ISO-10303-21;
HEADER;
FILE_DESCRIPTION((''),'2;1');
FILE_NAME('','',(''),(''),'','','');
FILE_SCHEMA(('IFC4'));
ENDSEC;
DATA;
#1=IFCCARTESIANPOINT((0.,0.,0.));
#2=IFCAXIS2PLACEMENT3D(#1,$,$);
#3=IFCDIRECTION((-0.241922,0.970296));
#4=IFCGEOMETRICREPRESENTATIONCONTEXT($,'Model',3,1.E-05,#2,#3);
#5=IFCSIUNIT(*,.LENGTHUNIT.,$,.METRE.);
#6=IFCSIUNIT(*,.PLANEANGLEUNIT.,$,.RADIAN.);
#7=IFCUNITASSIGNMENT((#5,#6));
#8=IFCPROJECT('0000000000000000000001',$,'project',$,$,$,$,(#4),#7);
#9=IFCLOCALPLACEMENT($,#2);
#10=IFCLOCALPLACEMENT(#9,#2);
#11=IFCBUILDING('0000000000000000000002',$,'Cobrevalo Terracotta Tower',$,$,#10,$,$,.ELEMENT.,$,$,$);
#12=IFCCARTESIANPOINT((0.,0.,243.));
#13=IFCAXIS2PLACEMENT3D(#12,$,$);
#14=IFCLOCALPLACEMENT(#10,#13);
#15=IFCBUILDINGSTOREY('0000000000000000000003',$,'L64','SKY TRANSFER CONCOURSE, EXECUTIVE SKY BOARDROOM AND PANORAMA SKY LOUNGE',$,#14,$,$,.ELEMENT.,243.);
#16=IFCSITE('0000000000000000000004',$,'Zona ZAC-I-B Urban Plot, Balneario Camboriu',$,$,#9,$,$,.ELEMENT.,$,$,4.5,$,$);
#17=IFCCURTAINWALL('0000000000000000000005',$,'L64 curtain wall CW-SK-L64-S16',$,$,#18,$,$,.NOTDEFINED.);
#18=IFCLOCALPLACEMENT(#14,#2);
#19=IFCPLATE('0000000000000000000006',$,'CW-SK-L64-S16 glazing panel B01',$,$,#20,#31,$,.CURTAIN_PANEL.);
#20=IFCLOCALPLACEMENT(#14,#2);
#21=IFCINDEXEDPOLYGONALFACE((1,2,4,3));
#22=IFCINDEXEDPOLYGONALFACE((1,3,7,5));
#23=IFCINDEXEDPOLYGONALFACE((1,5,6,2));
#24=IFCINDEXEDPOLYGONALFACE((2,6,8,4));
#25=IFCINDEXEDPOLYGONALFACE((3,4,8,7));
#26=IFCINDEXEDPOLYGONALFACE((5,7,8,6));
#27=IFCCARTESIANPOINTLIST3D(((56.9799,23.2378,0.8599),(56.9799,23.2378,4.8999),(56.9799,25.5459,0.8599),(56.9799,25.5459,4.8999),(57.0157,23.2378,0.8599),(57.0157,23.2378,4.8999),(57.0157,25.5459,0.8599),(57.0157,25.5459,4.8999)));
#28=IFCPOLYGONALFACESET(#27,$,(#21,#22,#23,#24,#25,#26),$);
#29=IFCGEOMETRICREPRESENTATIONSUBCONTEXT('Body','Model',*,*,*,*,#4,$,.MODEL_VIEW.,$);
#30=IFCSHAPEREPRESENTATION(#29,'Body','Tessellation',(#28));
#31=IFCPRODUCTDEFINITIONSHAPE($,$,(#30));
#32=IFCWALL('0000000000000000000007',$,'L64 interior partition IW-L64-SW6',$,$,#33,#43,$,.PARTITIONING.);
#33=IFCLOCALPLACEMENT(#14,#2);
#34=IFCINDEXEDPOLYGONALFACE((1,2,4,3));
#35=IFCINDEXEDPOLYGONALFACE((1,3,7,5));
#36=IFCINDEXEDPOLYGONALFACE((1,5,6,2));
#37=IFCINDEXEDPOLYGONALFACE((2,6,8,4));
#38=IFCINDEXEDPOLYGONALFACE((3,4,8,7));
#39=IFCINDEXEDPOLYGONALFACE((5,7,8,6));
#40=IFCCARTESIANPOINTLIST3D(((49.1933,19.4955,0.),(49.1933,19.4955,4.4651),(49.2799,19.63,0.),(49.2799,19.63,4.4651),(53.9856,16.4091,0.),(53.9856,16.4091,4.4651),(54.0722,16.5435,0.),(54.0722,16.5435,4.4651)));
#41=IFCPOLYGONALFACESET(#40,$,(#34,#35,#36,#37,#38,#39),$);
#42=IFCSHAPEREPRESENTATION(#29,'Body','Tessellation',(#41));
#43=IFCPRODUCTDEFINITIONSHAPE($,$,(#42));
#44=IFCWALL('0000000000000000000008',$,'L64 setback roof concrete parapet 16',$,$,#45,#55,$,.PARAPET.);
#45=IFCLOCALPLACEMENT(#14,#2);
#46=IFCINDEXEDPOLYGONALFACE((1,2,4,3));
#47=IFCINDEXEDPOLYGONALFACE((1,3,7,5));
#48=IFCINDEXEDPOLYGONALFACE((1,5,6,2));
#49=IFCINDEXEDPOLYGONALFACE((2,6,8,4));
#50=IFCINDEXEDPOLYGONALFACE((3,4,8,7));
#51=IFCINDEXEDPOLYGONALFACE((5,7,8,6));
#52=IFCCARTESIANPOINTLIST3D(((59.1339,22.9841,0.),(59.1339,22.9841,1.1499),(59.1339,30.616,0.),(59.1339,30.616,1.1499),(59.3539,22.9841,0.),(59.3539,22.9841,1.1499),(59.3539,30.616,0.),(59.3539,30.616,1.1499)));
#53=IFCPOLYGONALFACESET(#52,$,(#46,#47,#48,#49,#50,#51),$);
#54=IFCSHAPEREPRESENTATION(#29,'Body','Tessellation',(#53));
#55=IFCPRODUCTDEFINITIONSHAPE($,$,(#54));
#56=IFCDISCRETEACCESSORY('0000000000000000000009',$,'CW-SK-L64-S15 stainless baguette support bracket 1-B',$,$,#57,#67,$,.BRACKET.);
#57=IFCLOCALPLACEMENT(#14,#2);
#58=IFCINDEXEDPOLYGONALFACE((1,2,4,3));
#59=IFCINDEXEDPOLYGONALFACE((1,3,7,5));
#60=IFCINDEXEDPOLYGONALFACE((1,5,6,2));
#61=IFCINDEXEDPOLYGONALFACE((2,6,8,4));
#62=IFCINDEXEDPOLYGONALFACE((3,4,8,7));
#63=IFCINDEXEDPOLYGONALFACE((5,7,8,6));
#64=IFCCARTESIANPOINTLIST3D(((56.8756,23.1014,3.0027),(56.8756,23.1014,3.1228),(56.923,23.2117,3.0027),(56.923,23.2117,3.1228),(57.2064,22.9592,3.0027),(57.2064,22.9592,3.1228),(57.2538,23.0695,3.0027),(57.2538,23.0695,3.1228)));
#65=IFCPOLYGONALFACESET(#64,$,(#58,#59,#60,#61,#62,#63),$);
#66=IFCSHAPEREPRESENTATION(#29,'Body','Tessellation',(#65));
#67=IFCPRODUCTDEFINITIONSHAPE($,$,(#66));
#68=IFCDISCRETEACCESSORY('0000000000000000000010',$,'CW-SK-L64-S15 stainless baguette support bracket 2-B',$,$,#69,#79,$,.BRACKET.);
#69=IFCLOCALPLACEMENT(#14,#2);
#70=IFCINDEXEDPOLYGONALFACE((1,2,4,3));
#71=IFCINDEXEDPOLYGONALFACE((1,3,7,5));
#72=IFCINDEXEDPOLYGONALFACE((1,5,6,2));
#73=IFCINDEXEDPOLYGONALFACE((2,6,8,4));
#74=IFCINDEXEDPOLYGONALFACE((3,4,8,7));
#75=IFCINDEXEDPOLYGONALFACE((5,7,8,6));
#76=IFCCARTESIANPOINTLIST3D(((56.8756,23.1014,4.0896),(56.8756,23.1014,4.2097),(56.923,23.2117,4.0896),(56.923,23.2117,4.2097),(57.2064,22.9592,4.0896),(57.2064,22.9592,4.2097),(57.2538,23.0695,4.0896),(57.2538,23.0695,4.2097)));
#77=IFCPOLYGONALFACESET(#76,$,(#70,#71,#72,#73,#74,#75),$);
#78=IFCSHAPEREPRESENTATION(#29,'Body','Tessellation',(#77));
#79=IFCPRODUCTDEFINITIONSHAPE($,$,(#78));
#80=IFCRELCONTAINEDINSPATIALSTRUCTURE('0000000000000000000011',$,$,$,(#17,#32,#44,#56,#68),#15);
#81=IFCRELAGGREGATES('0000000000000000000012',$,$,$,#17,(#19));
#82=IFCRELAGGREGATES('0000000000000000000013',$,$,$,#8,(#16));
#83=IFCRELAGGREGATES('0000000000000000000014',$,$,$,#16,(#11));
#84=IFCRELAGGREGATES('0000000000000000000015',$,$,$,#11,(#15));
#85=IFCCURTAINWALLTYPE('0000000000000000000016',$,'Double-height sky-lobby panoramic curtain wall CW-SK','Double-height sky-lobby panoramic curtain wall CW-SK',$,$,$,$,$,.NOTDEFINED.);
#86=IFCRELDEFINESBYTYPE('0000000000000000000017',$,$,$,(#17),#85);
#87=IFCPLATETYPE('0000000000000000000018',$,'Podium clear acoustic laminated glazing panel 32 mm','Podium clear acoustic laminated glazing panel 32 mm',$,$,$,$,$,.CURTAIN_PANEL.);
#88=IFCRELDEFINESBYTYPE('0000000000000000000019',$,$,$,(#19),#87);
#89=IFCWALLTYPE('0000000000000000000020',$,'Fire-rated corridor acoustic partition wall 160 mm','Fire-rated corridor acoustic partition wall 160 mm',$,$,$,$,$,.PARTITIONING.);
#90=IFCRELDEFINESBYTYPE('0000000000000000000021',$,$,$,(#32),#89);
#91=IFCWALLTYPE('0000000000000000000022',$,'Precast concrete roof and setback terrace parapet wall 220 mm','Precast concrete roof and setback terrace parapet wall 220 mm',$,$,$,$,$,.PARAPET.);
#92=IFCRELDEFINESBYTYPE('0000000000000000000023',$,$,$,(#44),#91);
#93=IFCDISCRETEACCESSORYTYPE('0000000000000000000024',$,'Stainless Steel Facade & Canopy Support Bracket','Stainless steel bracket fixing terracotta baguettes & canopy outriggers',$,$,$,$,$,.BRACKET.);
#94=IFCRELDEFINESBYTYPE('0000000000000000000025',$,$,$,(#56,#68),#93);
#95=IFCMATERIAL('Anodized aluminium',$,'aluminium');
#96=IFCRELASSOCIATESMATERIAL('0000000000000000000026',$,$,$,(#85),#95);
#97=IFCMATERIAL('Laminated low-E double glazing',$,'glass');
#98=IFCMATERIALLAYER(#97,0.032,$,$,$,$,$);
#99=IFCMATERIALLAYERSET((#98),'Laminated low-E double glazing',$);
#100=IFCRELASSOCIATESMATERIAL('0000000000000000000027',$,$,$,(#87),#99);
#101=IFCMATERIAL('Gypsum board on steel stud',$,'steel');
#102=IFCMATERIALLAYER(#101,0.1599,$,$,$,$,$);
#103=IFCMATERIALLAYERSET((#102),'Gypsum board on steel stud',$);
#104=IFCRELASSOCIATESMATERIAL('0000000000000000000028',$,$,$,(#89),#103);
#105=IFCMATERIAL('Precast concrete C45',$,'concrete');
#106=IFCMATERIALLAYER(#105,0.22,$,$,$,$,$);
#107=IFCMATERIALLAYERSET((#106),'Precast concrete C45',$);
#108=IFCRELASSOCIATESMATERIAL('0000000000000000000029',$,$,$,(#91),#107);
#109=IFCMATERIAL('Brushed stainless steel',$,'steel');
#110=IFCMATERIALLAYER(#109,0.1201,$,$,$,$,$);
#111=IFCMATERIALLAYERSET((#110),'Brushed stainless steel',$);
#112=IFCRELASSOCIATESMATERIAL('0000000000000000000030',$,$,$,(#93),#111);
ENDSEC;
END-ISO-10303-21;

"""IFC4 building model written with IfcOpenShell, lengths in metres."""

from ifc_helpers import new_model, si_unit, direction, frame, frame_2d, origin, origin_2d, place, context, subcontext, project, spatial, rectangle, extrude, source, transform, mapped, material, layer, layer_set, type_object, element, aggregate, save


model = new_model("IFC4")

# Units and contexts
model_context = context("Model", 3, precision=1e-05, world=origin(), true_north=direction((-0.241922, 0.970296)))
body_context = subcontext(model_context, "Body", "Model", "MODEL_VIEW")
ifc_project = project(units=[si_unit("LENGTHUNIT", "METRE"), si_unit("PLANEANGLEUNIT", "RADIAN")], contexts=[model_context])

# Site, building, storey
site_placement = place(None, origin())
site = spatial("IfcSite", under=ifc_project, at=site_placement, Name="Zona ZAC-I-B Urban Plot, Balneario Camboriu", CompositionType="ELEMENT", RefElevation=4.5)
building_placement = place(site_placement, origin())
building = spatial("IfcBuilding", under=site, at=building_placement, Name="Cobrevalo Terracotta Tower", CompositionType="ELEMENT")
storey_placement = place(building_placement, frame((0.0, 0.0, 243.0)))
storey = spatial("IfcBuildingStorey", under=building, at=storey_placement, Name="L64", Description="SKY TRANSFER CONCOURSE, EXECUTIVE SKY BOARDROOM AND PANORAMA SKY LOUNGE", CompositionType="ELEMENT", Elevation=243.0)

# Shared definitions
ifc_material_1 = material(Name="Anodized aluminium", Category="aluminium")
curtain_wall_type = type_object("IfcCurtainWallType", Name="Double-height sky-lobby panoramic curtain wall CW-SK", Description="Double-height sky-lobby panoramic curtain wall CW-SK", PredefinedType="NOTDEFINED", material=ifc_material_1)

# Curtain wall
curtain_wall_1_placement = place(storey_placement, origin())
curtain_wall_1 = element("IfcCurtainWall", 1, at=curtain_wall_1_placement, inside=storey, type_object=curtain_wall_type, Name="L64 curtain wall CW-SK-L64-S16", PredefinedType="NOTDEFINED")

# Plate
ifc_material_2 = material(Name="Laminated low-E double glazing", Category="glass")
ifc_layer_1 = layer(ifc_material_2, 0.032)
ifc_layer_set_1 = layer_set([ifc_layer_1], Name="Laminated low-E double glazing")
plate_type_1 = type_object("IfcPlateType", Name="Podium clear acoustic laminated glazing panel 32 mm", Description="Podium clear acoustic laminated glazing panel 32 mm", PredefinedType="CURTAIN_PANEL", material=ifc_layer_set_1)
shared_shape_1 = source(origin(), body_context, "Body", "SweptSolid", [
    extrude(rectangle(XDim=2.3081, YDim=0.0359, at=origin_2d()), origin(), (0.0, 0.0, 1.0), 4.04),
])
plate_1_placement = place(storey_placement, frame((56.9978, 24.3918, 0.8599), z_axis=(0.0, 0.0, 1.0), x_axis=(0.0, 1.0, 0.0)))
plate_1 = element("IfcPlate", 2, at=plate_1_placement, type_object=plate_type_1, Name="CW-SK-L64-S16 glazing panel B01", PredefinedType="CURTAIN_PANEL", context=body_context, shape_type="MappedRepresentation", body=[
    mapped(shared_shape_1, transform((0.0, 0.0, 0.0), scale=1.0)),
])
aggregate(curtain_wall_1, [plate_1])

# Walls
ifc_material_3 = material(Name="Gypsum board on steel stud", Category="steel")
ifc_layer_2 = layer(ifc_material_3, 0.1599)
ifc_layer_set_2 = layer_set([ifc_layer_2], Name="Gypsum board on steel stud")
wall_type_1 = type_object("IfcWallType", Name="Fire-rated corridor acoustic partition wall 160 mm", Description="Fire-rated corridor acoustic partition wall 160 mm", PredefinedType="PARTITIONING", material=ifc_layer_set_2)
wall_1_placement = place(storey_placement, frame((49.2366, 19.5627, 0.0), z_axis=(0.0, 0.0, 1.0), x_axis=(0.840723, -0.541465, 0.0)))
element("IfcWall", 3, at=wall_1_placement, inside=storey, type_object=wall_type_1, Name="L64 interior partition IW-L64-SW6", PredefinedType="PARTITIONING", context=body_context, shape_type="SweptSolid", body=[
    extrude(rectangle(XDim=5.7002, YDim=0.1599, at=frame_2d((2.8501, 0.0))), origin(), (0.0, 0.0, 1.0), 4.4651),
])
ifc_material_4 = material(Name="Precast concrete C45", Category="concrete")
ifc_layer_3 = layer(ifc_material_4, 0.22)
ifc_layer_set_3 = layer_set([ifc_layer_3], Name="Precast concrete C45")
wall_type_2 = type_object("IfcWallType", Name="Precast concrete roof and setback terrace parapet wall 220 mm", Description="Precast concrete roof and setback terrace parapet wall 220 mm", PredefinedType="PARAPET", material=ifc_layer_set_3)
wall_2_placement = place(storey_placement, frame((59.2439, 22.9841, 0.0), z_axis=(0.0, 0.0, 1.0), x_axis=(0.0, 1.0, 0.0)))
element("IfcWall", 4, at=wall_2_placement, inside=storey, type_object=wall_type_2, Name="L64 setback roof concrete parapet 16", PredefinedType="PARAPET", context=body_context, shape_type="SweptSolid", body=[
    extrude(rectangle(XDim=7.6318, YDim=0.22, at=frame_2d((3.8159, 0.0))), origin(), (0.0, 0.0, 1.0), 1.1499),
])

# Discrete accessories
ifc_material_5 = material(Name="Brushed stainless steel", Category="steel")
ifc_layer_4 = layer(ifc_material_5, 0.1201)
ifc_layer_set_4 = layer_set([ifc_layer_4], Name="Brushed stainless steel")
discrete_accessory_type = type_object("IfcDiscreteAccessoryType", Name="Stainless Steel Facade & Canopy Support Bracket", Description="Stainless steel bracket fixing terracotta baguettes & canopy outriggers", PredefinedType="BRACKET", material=ifc_layer_set_4)
shared_shape_2 = source(origin(), body_context, "Body", "SweptSolid", [
    extrude(rectangle(XDim=0.1201, YDim=0.3601, at=origin_2d()), origin(), (0.0, 0.0, 1.0), 0.1201),
])
for number, where, z_axis, x_axis, name in (
    (5, (57.0647, 23.0854, 3.0027), (0.0, 0.0, 1.0), (0.394829, 0.918755, 0.0), "CW-SK-L64-S15 stainless baguette support bracket 1-B"),
    (6, (57.0647, 23.0854, 4.0896), (0.0, 0.0, 1.0), (0.394829, 0.918755, 0.0), "CW-SK-L64-S15 stainless baguette support bracket 2-B"),
):
    element("IfcDiscreteAccessory", number, at=place(storey_placement, frame(where, z_axis=z_axis, x_axis=x_axis)), inside=storey, type_object=discrete_accessory_type, Name=name, PredefinedType="BRACKET", context=body_context, shape_type="MappedRepresentation", body=[
        mapped(shared_shape_2, transform((0.0, 0.0, 0.0), scale=1.0)),
    ])

save(model, "model.ifc")
